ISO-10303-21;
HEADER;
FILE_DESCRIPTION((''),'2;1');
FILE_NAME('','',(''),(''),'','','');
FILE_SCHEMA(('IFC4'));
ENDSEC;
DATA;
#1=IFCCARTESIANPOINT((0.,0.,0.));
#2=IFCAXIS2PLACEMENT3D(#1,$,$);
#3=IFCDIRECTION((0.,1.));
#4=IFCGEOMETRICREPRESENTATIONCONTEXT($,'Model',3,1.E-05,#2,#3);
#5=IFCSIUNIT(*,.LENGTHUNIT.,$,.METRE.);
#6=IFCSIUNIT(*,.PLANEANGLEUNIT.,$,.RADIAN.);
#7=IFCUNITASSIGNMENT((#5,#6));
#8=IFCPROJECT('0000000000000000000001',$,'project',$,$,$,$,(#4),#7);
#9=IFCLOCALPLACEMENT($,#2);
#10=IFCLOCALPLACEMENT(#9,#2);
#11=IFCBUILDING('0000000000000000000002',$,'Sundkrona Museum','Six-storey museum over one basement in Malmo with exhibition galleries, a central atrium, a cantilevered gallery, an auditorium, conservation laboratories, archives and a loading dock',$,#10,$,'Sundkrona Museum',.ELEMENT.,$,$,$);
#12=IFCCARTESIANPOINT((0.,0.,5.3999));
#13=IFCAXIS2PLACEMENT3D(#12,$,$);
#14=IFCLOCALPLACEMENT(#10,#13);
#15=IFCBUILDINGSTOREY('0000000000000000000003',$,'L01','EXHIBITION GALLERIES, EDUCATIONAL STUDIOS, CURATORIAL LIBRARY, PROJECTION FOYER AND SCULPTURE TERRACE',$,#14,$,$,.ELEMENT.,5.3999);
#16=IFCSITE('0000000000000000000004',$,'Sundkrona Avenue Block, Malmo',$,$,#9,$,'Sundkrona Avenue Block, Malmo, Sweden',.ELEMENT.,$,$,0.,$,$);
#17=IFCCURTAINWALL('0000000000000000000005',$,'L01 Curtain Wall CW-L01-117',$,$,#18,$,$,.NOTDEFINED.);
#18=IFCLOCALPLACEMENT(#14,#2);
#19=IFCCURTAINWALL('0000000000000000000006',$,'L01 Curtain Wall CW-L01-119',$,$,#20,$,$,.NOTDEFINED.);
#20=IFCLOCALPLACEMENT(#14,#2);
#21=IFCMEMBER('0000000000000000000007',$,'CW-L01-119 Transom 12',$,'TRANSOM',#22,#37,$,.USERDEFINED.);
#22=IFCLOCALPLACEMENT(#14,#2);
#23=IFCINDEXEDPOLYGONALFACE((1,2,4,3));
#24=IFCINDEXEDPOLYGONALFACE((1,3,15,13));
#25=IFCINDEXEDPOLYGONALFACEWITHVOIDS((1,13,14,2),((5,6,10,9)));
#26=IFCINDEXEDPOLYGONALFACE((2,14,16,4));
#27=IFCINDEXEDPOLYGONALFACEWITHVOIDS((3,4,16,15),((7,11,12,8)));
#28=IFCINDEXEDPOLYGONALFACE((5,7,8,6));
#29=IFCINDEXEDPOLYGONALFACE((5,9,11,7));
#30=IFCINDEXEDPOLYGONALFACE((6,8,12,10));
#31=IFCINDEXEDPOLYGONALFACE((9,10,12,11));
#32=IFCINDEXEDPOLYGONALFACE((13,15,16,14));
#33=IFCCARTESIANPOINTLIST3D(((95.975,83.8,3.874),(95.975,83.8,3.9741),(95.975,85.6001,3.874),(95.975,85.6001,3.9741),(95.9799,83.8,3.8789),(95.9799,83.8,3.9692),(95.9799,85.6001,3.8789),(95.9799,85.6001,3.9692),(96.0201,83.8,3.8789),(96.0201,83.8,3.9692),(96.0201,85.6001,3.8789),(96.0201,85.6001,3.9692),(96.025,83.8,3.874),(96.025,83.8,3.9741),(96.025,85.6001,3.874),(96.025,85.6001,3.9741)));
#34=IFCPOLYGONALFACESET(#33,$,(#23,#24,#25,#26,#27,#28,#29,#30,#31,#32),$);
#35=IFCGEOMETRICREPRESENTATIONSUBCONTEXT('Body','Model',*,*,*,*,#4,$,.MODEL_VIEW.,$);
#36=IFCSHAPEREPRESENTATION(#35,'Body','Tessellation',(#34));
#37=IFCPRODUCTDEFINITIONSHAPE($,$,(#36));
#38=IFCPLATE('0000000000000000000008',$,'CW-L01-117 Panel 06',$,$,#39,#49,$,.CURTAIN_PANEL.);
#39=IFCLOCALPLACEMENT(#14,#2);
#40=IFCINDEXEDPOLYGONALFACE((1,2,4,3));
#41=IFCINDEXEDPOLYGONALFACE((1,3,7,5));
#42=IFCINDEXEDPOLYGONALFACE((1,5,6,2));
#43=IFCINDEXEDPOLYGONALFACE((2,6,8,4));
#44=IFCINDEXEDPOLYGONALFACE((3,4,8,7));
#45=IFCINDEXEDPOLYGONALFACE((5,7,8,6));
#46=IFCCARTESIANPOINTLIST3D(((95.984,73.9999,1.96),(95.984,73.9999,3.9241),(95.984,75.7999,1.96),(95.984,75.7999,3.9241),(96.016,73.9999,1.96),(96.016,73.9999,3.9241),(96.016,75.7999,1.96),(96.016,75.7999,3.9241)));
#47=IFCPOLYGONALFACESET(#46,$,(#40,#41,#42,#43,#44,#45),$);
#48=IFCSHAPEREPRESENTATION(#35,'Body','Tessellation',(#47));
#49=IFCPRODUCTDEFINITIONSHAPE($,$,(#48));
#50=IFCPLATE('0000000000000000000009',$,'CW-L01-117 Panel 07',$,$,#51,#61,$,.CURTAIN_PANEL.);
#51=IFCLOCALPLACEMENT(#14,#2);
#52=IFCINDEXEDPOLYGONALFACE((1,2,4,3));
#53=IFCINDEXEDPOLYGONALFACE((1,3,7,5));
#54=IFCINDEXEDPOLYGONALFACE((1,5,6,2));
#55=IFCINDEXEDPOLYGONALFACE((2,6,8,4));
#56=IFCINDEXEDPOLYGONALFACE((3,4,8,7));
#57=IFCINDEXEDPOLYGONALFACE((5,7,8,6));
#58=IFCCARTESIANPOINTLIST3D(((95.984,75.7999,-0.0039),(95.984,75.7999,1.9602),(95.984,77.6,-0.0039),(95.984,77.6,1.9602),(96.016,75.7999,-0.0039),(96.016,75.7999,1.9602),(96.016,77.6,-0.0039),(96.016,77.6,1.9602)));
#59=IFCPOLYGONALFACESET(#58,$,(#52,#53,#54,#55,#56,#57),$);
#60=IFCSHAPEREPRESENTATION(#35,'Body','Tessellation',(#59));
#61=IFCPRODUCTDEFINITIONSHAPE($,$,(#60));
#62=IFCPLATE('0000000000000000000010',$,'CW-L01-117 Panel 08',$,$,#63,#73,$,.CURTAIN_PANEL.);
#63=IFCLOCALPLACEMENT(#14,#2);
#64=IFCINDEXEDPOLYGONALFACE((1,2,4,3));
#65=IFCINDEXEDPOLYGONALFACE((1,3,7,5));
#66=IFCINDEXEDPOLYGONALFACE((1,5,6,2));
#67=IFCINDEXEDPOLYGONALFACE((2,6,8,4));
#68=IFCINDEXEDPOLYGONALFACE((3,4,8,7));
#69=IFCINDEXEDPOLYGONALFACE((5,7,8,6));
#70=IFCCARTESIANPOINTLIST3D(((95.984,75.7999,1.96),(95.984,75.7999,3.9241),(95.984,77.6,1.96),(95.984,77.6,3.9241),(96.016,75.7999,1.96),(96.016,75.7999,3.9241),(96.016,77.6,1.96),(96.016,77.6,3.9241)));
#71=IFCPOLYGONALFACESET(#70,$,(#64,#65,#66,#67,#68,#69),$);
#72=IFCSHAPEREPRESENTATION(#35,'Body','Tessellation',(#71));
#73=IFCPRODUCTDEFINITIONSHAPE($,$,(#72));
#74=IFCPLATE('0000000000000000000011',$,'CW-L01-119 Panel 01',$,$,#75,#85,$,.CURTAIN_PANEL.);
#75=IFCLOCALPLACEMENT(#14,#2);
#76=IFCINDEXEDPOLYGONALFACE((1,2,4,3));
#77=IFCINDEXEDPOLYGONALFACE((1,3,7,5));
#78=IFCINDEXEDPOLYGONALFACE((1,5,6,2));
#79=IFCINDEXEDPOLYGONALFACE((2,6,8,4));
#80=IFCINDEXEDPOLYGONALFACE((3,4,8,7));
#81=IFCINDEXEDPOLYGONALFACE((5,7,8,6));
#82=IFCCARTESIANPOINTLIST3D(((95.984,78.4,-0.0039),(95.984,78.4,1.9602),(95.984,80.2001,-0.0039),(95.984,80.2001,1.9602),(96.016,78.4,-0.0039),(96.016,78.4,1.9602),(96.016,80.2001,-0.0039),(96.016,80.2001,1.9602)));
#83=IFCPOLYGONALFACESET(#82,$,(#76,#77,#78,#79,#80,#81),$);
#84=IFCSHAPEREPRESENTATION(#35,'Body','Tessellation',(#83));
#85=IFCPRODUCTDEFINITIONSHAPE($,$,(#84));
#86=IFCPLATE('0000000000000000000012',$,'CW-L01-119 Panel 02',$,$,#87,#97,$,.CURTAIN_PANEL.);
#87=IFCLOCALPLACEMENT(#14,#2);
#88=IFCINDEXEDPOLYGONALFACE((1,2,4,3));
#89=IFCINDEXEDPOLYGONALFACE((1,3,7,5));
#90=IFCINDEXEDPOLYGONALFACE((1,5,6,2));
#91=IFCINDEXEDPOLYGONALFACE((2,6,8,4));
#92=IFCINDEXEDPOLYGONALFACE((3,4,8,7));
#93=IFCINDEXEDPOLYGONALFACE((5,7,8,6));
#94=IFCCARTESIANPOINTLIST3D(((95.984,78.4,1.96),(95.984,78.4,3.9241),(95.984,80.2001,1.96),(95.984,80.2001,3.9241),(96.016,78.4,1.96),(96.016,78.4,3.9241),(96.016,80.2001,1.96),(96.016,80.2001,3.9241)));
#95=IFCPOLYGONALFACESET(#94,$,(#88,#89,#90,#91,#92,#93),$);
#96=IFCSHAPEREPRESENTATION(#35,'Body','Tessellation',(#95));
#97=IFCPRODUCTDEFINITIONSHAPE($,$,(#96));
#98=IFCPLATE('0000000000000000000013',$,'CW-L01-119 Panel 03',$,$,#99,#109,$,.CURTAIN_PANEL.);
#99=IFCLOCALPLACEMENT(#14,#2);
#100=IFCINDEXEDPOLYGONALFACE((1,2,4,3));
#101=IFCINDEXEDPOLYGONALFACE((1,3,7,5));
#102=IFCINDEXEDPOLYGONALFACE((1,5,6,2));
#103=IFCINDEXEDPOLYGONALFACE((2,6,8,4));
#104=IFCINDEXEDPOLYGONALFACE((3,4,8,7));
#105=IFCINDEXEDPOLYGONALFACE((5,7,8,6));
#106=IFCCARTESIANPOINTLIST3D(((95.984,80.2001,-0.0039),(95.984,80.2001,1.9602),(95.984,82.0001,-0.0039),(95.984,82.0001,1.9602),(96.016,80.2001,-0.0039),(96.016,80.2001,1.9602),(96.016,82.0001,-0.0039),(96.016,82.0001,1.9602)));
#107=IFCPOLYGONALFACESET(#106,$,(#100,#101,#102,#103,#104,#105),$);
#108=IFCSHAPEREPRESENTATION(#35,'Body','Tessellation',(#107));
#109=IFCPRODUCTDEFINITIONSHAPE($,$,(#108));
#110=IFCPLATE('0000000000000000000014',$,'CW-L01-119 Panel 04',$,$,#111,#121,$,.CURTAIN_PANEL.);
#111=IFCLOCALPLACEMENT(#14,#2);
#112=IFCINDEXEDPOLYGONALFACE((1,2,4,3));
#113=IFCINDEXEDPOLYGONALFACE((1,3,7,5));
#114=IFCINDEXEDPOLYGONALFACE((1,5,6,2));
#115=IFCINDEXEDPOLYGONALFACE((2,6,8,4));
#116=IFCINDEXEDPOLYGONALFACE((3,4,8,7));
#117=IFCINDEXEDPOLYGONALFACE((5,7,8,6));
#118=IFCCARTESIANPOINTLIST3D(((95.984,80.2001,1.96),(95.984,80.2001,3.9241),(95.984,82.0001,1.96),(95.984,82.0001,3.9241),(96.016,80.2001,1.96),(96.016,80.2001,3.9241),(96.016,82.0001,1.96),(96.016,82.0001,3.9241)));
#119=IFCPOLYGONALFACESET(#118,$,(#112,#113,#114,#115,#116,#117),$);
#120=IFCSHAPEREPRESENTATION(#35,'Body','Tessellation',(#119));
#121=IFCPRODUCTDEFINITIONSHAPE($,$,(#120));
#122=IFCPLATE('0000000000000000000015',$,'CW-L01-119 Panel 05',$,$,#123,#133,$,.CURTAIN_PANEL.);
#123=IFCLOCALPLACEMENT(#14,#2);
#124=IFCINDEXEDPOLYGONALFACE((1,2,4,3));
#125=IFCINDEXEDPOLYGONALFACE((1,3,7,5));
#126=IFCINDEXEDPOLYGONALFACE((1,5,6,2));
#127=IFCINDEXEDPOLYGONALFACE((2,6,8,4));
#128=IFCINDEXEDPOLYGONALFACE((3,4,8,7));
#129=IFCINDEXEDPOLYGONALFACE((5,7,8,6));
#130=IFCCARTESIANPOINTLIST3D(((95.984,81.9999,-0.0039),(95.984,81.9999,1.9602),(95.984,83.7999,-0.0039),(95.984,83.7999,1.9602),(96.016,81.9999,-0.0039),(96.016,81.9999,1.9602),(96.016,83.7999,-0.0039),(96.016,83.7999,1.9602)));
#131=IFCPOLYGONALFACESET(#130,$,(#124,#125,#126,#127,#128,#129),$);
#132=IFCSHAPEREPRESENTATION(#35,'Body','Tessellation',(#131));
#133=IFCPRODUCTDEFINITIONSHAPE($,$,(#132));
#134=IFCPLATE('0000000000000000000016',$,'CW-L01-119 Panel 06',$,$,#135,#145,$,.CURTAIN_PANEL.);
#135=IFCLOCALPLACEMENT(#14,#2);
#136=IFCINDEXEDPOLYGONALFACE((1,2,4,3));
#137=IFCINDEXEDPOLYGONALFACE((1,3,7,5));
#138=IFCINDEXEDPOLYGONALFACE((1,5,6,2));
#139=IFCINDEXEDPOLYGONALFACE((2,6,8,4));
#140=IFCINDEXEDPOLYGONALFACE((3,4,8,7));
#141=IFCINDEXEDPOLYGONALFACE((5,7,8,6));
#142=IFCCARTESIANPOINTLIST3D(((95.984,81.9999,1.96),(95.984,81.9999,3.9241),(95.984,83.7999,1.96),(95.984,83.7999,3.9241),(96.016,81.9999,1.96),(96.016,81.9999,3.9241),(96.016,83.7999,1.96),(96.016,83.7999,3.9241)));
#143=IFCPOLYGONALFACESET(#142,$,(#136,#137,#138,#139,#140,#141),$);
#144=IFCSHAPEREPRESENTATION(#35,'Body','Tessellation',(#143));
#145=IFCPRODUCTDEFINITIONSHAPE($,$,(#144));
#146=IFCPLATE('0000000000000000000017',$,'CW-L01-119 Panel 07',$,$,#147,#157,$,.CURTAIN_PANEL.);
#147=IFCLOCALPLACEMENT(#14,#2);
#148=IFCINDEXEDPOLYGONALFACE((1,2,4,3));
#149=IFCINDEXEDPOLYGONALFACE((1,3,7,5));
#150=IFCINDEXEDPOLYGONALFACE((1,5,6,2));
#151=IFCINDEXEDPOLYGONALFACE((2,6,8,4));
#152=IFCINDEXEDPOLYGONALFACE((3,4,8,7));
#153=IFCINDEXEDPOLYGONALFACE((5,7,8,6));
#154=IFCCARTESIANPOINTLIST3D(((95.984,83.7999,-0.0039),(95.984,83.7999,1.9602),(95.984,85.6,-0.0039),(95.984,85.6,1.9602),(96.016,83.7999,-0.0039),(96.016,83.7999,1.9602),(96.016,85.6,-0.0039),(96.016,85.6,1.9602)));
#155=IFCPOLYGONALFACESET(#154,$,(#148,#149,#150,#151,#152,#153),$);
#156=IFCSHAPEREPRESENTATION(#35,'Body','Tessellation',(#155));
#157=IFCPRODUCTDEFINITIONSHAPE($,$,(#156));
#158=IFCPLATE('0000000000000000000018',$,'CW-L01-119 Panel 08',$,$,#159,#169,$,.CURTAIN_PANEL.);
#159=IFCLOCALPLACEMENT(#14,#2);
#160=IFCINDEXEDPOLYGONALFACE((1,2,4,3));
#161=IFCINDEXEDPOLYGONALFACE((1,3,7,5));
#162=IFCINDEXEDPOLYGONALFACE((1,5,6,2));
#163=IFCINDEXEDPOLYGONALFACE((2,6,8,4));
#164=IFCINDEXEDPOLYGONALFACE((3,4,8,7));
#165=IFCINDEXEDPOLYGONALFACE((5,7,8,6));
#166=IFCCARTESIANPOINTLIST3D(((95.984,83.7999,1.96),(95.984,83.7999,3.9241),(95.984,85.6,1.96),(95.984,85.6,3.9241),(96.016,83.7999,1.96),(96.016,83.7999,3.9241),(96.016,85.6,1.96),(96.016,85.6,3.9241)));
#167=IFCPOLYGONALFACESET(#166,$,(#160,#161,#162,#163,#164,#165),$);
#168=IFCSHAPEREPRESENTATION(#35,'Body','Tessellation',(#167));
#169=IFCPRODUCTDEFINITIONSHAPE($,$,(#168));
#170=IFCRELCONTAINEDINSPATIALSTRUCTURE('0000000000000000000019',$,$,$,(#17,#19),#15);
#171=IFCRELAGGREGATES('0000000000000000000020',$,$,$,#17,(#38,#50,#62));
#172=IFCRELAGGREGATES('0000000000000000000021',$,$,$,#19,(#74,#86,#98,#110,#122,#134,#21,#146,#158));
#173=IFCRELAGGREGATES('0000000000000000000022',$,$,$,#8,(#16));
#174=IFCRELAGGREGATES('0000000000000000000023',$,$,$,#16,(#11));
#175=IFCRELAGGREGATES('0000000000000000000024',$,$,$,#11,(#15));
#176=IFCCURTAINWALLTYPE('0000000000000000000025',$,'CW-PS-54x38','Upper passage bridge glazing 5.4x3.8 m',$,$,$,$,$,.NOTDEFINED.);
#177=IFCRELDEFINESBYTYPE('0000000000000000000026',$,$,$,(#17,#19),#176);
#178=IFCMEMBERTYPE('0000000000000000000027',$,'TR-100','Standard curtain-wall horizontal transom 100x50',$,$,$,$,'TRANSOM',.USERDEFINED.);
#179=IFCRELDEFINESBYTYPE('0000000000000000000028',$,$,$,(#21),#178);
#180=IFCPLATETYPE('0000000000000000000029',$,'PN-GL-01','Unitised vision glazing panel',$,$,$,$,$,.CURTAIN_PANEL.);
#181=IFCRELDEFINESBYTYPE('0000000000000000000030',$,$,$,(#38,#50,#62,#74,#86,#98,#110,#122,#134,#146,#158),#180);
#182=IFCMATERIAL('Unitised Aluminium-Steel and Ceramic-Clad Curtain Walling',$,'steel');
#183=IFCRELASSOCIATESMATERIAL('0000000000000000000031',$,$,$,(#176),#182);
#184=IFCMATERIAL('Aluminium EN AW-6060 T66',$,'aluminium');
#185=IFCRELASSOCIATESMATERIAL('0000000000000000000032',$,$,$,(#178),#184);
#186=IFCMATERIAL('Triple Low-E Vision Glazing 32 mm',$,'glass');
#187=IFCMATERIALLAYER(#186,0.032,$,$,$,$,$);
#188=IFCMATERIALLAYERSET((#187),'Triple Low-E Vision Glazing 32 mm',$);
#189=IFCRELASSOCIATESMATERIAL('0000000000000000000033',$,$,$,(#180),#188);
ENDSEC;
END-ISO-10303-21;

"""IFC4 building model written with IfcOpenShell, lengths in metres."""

from ifc_helpers import new_model, si_unit, direction, frame, origin, origin_2d, place, context, subcontext, project, spatial, rectangle, hollow_rectangle, extrude, material, layer, layer_set, material_profile, profile_set, type_object, element, aggregate, save


model = new_model("IFC4")

# Units and contexts
model_context = context("Model", 3, precision=1e-05, world=origin(), true_north=direction((0.0, 1.0)))
body_context = subcontext(model_context, "Body", "Model", "MODEL_VIEW")
ifc_project = project(units=[si_unit("LENGTHUNIT", "METRE"), si_unit("PLANEANGLEUNIT", "RADIAN")], contexts=[model_context])

# Site, building, storey
site_placement = place(None, origin())
site = spatial("IfcSite", under=ifc_project, at=site_placement, Name="Sundkrona Avenue Block, Malmo", LongName="Sundkrona Avenue Block, Malmo, Sweden", CompositionType="ELEMENT", RefElevation=0.0)
building_placement = place(site_placement, origin())
building = spatial("IfcBuilding", under=site, at=building_placement, Name="Sundkrona Museum", Description="Six-storey museum over one basement in Malmo with exhibition galleries, a central atrium, a cantilevered gallery, an auditorium, conservation laboratories, archives and a loading dock", LongName="Sundkrona Museum", CompositionType="ELEMENT")
storey_placement = place(building_placement, frame((0.0, 0.0, 5.3999)))
storey = spatial("IfcBuildingStorey", under=building, at=storey_placement, Name="L01", Description="EXHIBITION GALLERIES, EDUCATIONAL STUDIOS, CURATORIAL LIBRARY, PROJECTION FOYER AND SCULPTURE TERRACE", CompositionType="ELEMENT", Elevation=5.3999)

# Curtain walls
ifc_material_1 = material(Name="Unitised Aluminium-Steel and Ceramic-Clad Curtain Walling", Category="steel")
curtain_wall_type = type_object("IfcCurtainWallType", Name="CW-PS-54x38", Description="Upper passage bridge glazing 5.4x3.8 m", PredefinedType="NOTDEFINED", material=ifc_material_1)
curtain_wall_1_placement = place(storey_placement, origin())
curtain_wall_1 = element("IfcCurtainWall", 1, at=curtain_wall_1_placement, inside=storey, type_object=curtain_wall_type, Name="L01 Curtain Wall CW-L01-117", PredefinedType="NOTDEFINED")
ifc_material_2 = material(Name="Aluminium EN AW-6060 T66", Category="aluminium")
curtain_wall_2_placement = place(storey_placement, origin())
curtain_wall_2 = element("IfcCurtainWall", 2, at=curtain_wall_2_placement, inside=storey, type_object=curtain_wall_type, Name="L01 Curtain Wall CW-L01-119", PredefinedType="NOTDEFINED")

# Member
ifc_material_profile_1 = material_profile(ifc_material_2, hollow_rectangle(XDim=0.05, YDim=0.1001, WallThickness=0.0049, at=origin_2d()), Name="RHS 100x50x5.0")
ifc_profile_set_1 = profile_set([ifc_material_profile_1], Name="Aluminium EN AW-6060 T66")
member_type_1 = type_object("IfcMemberType", Name="TR-100", Description="Standard curtain-wall horizontal transom 100x50", ElementType="TRANSOM", PredefinedType="USERDEFINED", material=ifc_profile_set_1)
member_1_placement = place(storey_placement, frame((96.0, 83.8, 3.9241), z_axis=(0.0, 1.0, 0.0), x_axis=(-1.0, 0.0, 0.0)))
member_1 = element("IfcMember", 3, at=member_1_placement, type_object=member_type_1, Name="CW-L01-119 Transom 12", ObjectType="TRANSOM", PredefinedType="USERDEFINED", context=body_context, shape_type="SweptSolid", body=[
    extrude(hollow_rectangle(XDim=0.05, YDim=0.1001, WallThickness=0.0049, at=origin_2d()), origin(), (0.0, 0.0, 1.0), 1.8),
])

# Plates
ifc_material_3 = material(Name="Triple Low-E Vision Glazing 32 mm", Category="glass")
ifc_layer = layer(ifc_material_3, 0.032)
ifc_layer_set = layer_set([ifc_layer], Name="Triple Low-E Vision Glazing 32 mm")
plate_type = type_object("IfcPlateType", Name="PN-GL-01", Description="Unitised vision glazing panel", PredefinedType="CURTAIN_PANEL", material=ifc_layer_set)
plate_1_placement = place(storey_placement, frame((96.0, 74.8999, 1.96), z_axis=(0.0, 0.0, 1.0), x_axis=(0.0, 1.0, 0.0)))
plate_1 = element("IfcPlate", 4, at=plate_1_placement, type_object=plate_type, Name="CW-L01-117 Panel 06", PredefinedType="CURTAIN_PANEL", context=body_context, shape_type="SweptSolid", body=[
    extrude(rectangle(XDim=1.8, YDim=0.032, at=origin_2d()), origin(), (0.0, 0.0, 1.0), 1.9641),
])
plate_2_placement = place(storey_placement, frame((96.0, 76.7, -0.0039), z_axis=(0.0, 0.0, 1.0), x_axis=(0.0, 1.0, 0.0)))
plate_2 = element("IfcPlate", 5, at=plate_2_placement, type_object=plate_type, Name="CW-L01-117 Panel 07", PredefinedType="CURTAIN_PANEL", context=body_context, shape_type="SweptSolid", body=[
    extrude(rectangle(XDim=1.8, YDim=0.032, at=origin_2d()), origin(), (0.0, 0.0, 1.0), 1.9641),
])
plate_3_placement = place(storey_placement, frame((96.0, 76.7, 1.96), z_axis=(0.0, 0.0, 1.0), x_axis=(0.0, 1.0, 0.0)))
plate_3 = element("IfcPlate", 6, at=plate_3_placement, type_object=plate_type, Name="CW-L01-117 Panel 08", PredefinedType="CURTAIN_PANEL", context=body_context, shape_type="SweptSolid", body=[
    extrude(rectangle(XDim=1.8, YDim=0.032, at=origin_2d()), origin(), (0.0, 0.0, 1.0), 1.9641),
])
aggregate(curtain_wall_1, [plate_1, plate_2, plate_3])
plate_4_placement = place(storey_placement, frame((96.0, 79.3, -0.0039), z_axis=(0.0, 0.0, 1.0), x_axis=(0.0, 1.0, 0.0)))
plate_4 = element("IfcPlate", 7, at=plate_4_placement, type_object=plate_type, Name="CW-L01-119 Panel 01", PredefinedType="CURTAIN_PANEL", context=body_context, shape_type="SweptSolid", body=[
    extrude(rectangle(XDim=1.8, YDim=0.032, at=origin_2d()), origin(), (0.0, 0.0, 1.0), 1.9641),
])
plate_5_placement = place(storey_placement, frame((96.0, 79.3, 1.96), z_axis=(0.0, 0.0, 1.0), x_axis=(0.0, 1.0, 0.0)))
plate_5 = element("IfcPlate", 8, at=plate_5_placement, type_object=plate_type, Name="CW-L01-119 Panel 02", PredefinedType="CURTAIN_PANEL", context=body_context, shape_type="SweptSolid", body=[
    extrude(rectangle(XDim=1.8, YDim=0.032, at=origin_2d()), origin(), (0.0, 0.0, 1.0), 1.9641),
])
plate_6_placement = place(storey_placement, frame((96.0, 81.1001, -0.0039), z_axis=(0.0, 0.0, 1.0), x_axis=(0.0, 1.0, 0.0)))
plate_6 = element("IfcPlate", 9, at=plate_6_placement, type_object=plate_type, Name="CW-L01-119 Panel 03", PredefinedType="CURTAIN_PANEL", context=body_context, shape_type="SweptSolid", body=[
    extrude(rectangle(XDim=1.8, YDim=0.032, at=origin_2d()), origin(), (0.0, 0.0, 1.0), 1.9641),
])
plate_7_placement = place(storey_placement, frame((96.0, 81.1001, 1.96), z_axis=(0.0, 0.0, 1.0), x_axis=(0.0, 1.0, 0.0)))
plate_7 = element("IfcPlate", 10, at=plate_7_placement, type_object=plate_type, Name="CW-L01-119 Panel 04", PredefinedType="CURTAIN_PANEL", context=body_context, shape_type="SweptSolid", body=[
    extrude(rectangle(XDim=1.8, YDim=0.032, at=origin_2d()), origin(), (0.0, 0.0, 1.0), 1.9641),
])
plate_8_placement = place(storey_placement, frame((96.0, 82.8999, -0.0039), z_axis=(0.0, 0.0, 1.0), x_axis=(0.0, 1.0, 0.0)))
plate_8 = element("IfcPlate", 11, at=plate_8_placement, type_object=plate_type, Name="CW-L01-119 Panel 05", PredefinedType="CURTAIN_PANEL", context=body_context, shape_type="SweptSolid", body=[
    extrude(rectangle(XDim=1.8, YDim=0.032, at=origin_2d()), origin(), (0.0, 0.0, 1.0), 1.9641),
])
plate_9_placement = place(storey_placement, frame((96.0, 82.8999, 1.96), z_axis=(0.0, 0.0, 1.0), x_axis=(0.0, 1.0, 0.0)))
plate_9 = element("IfcPlate", 12, at=plate_9_placement, type_object=plate_type, Name="CW-L01-119 Panel 06", PredefinedType="CURTAIN_PANEL", context=body_context, shape_type="SweptSolid", body=[
    extrude(rectangle(XDim=1.8, YDim=0.032, at=origin_2d()), origin(), (0.0, 0.0, 1.0), 1.9641),
])
plate_10_placement = place(storey_placement, frame((96.0, 84.7, -0.0039), z_axis=(0.0, 0.0, 1.0), x_axis=(0.0, 1.0, 0.0)))
plate_10 = element("IfcPlate", 13, at=plate_10_placement, type_object=plate_type, Name="CW-L01-119 Panel 07", PredefinedType="CURTAIN_PANEL", context=body_context, shape_type="SweptSolid", body=[
    extrude(rectangle(XDim=1.8, YDim=0.032, at=origin_2d()), origin(), (0.0, 0.0, 1.0), 1.9641),
])
plate_11_placement = place(storey_placement, frame((96.0, 84.7, 1.96), z_axis=(0.0, 0.0, 1.0), x_axis=(0.0, 1.0, 0.0)))
plate_11 = element("IfcPlate", 14, at=plate_11_placement, type_object=plate_type, Name="CW-L01-119 Panel 08", PredefinedType="CURTAIN_PANEL", context=body_context, shape_type="SweptSolid", body=[
    extrude(rectangle(XDim=1.8, YDim=0.032, at=origin_2d()), origin(), (0.0, 0.0, 1.0), 1.9641),
])
aggregate(curtain_wall_2, [plate_4, plate_5, plate_6, plate_7, plate_8, plate_9, member_1, plate_10, plate_11])

save(model, "model.ifc")
